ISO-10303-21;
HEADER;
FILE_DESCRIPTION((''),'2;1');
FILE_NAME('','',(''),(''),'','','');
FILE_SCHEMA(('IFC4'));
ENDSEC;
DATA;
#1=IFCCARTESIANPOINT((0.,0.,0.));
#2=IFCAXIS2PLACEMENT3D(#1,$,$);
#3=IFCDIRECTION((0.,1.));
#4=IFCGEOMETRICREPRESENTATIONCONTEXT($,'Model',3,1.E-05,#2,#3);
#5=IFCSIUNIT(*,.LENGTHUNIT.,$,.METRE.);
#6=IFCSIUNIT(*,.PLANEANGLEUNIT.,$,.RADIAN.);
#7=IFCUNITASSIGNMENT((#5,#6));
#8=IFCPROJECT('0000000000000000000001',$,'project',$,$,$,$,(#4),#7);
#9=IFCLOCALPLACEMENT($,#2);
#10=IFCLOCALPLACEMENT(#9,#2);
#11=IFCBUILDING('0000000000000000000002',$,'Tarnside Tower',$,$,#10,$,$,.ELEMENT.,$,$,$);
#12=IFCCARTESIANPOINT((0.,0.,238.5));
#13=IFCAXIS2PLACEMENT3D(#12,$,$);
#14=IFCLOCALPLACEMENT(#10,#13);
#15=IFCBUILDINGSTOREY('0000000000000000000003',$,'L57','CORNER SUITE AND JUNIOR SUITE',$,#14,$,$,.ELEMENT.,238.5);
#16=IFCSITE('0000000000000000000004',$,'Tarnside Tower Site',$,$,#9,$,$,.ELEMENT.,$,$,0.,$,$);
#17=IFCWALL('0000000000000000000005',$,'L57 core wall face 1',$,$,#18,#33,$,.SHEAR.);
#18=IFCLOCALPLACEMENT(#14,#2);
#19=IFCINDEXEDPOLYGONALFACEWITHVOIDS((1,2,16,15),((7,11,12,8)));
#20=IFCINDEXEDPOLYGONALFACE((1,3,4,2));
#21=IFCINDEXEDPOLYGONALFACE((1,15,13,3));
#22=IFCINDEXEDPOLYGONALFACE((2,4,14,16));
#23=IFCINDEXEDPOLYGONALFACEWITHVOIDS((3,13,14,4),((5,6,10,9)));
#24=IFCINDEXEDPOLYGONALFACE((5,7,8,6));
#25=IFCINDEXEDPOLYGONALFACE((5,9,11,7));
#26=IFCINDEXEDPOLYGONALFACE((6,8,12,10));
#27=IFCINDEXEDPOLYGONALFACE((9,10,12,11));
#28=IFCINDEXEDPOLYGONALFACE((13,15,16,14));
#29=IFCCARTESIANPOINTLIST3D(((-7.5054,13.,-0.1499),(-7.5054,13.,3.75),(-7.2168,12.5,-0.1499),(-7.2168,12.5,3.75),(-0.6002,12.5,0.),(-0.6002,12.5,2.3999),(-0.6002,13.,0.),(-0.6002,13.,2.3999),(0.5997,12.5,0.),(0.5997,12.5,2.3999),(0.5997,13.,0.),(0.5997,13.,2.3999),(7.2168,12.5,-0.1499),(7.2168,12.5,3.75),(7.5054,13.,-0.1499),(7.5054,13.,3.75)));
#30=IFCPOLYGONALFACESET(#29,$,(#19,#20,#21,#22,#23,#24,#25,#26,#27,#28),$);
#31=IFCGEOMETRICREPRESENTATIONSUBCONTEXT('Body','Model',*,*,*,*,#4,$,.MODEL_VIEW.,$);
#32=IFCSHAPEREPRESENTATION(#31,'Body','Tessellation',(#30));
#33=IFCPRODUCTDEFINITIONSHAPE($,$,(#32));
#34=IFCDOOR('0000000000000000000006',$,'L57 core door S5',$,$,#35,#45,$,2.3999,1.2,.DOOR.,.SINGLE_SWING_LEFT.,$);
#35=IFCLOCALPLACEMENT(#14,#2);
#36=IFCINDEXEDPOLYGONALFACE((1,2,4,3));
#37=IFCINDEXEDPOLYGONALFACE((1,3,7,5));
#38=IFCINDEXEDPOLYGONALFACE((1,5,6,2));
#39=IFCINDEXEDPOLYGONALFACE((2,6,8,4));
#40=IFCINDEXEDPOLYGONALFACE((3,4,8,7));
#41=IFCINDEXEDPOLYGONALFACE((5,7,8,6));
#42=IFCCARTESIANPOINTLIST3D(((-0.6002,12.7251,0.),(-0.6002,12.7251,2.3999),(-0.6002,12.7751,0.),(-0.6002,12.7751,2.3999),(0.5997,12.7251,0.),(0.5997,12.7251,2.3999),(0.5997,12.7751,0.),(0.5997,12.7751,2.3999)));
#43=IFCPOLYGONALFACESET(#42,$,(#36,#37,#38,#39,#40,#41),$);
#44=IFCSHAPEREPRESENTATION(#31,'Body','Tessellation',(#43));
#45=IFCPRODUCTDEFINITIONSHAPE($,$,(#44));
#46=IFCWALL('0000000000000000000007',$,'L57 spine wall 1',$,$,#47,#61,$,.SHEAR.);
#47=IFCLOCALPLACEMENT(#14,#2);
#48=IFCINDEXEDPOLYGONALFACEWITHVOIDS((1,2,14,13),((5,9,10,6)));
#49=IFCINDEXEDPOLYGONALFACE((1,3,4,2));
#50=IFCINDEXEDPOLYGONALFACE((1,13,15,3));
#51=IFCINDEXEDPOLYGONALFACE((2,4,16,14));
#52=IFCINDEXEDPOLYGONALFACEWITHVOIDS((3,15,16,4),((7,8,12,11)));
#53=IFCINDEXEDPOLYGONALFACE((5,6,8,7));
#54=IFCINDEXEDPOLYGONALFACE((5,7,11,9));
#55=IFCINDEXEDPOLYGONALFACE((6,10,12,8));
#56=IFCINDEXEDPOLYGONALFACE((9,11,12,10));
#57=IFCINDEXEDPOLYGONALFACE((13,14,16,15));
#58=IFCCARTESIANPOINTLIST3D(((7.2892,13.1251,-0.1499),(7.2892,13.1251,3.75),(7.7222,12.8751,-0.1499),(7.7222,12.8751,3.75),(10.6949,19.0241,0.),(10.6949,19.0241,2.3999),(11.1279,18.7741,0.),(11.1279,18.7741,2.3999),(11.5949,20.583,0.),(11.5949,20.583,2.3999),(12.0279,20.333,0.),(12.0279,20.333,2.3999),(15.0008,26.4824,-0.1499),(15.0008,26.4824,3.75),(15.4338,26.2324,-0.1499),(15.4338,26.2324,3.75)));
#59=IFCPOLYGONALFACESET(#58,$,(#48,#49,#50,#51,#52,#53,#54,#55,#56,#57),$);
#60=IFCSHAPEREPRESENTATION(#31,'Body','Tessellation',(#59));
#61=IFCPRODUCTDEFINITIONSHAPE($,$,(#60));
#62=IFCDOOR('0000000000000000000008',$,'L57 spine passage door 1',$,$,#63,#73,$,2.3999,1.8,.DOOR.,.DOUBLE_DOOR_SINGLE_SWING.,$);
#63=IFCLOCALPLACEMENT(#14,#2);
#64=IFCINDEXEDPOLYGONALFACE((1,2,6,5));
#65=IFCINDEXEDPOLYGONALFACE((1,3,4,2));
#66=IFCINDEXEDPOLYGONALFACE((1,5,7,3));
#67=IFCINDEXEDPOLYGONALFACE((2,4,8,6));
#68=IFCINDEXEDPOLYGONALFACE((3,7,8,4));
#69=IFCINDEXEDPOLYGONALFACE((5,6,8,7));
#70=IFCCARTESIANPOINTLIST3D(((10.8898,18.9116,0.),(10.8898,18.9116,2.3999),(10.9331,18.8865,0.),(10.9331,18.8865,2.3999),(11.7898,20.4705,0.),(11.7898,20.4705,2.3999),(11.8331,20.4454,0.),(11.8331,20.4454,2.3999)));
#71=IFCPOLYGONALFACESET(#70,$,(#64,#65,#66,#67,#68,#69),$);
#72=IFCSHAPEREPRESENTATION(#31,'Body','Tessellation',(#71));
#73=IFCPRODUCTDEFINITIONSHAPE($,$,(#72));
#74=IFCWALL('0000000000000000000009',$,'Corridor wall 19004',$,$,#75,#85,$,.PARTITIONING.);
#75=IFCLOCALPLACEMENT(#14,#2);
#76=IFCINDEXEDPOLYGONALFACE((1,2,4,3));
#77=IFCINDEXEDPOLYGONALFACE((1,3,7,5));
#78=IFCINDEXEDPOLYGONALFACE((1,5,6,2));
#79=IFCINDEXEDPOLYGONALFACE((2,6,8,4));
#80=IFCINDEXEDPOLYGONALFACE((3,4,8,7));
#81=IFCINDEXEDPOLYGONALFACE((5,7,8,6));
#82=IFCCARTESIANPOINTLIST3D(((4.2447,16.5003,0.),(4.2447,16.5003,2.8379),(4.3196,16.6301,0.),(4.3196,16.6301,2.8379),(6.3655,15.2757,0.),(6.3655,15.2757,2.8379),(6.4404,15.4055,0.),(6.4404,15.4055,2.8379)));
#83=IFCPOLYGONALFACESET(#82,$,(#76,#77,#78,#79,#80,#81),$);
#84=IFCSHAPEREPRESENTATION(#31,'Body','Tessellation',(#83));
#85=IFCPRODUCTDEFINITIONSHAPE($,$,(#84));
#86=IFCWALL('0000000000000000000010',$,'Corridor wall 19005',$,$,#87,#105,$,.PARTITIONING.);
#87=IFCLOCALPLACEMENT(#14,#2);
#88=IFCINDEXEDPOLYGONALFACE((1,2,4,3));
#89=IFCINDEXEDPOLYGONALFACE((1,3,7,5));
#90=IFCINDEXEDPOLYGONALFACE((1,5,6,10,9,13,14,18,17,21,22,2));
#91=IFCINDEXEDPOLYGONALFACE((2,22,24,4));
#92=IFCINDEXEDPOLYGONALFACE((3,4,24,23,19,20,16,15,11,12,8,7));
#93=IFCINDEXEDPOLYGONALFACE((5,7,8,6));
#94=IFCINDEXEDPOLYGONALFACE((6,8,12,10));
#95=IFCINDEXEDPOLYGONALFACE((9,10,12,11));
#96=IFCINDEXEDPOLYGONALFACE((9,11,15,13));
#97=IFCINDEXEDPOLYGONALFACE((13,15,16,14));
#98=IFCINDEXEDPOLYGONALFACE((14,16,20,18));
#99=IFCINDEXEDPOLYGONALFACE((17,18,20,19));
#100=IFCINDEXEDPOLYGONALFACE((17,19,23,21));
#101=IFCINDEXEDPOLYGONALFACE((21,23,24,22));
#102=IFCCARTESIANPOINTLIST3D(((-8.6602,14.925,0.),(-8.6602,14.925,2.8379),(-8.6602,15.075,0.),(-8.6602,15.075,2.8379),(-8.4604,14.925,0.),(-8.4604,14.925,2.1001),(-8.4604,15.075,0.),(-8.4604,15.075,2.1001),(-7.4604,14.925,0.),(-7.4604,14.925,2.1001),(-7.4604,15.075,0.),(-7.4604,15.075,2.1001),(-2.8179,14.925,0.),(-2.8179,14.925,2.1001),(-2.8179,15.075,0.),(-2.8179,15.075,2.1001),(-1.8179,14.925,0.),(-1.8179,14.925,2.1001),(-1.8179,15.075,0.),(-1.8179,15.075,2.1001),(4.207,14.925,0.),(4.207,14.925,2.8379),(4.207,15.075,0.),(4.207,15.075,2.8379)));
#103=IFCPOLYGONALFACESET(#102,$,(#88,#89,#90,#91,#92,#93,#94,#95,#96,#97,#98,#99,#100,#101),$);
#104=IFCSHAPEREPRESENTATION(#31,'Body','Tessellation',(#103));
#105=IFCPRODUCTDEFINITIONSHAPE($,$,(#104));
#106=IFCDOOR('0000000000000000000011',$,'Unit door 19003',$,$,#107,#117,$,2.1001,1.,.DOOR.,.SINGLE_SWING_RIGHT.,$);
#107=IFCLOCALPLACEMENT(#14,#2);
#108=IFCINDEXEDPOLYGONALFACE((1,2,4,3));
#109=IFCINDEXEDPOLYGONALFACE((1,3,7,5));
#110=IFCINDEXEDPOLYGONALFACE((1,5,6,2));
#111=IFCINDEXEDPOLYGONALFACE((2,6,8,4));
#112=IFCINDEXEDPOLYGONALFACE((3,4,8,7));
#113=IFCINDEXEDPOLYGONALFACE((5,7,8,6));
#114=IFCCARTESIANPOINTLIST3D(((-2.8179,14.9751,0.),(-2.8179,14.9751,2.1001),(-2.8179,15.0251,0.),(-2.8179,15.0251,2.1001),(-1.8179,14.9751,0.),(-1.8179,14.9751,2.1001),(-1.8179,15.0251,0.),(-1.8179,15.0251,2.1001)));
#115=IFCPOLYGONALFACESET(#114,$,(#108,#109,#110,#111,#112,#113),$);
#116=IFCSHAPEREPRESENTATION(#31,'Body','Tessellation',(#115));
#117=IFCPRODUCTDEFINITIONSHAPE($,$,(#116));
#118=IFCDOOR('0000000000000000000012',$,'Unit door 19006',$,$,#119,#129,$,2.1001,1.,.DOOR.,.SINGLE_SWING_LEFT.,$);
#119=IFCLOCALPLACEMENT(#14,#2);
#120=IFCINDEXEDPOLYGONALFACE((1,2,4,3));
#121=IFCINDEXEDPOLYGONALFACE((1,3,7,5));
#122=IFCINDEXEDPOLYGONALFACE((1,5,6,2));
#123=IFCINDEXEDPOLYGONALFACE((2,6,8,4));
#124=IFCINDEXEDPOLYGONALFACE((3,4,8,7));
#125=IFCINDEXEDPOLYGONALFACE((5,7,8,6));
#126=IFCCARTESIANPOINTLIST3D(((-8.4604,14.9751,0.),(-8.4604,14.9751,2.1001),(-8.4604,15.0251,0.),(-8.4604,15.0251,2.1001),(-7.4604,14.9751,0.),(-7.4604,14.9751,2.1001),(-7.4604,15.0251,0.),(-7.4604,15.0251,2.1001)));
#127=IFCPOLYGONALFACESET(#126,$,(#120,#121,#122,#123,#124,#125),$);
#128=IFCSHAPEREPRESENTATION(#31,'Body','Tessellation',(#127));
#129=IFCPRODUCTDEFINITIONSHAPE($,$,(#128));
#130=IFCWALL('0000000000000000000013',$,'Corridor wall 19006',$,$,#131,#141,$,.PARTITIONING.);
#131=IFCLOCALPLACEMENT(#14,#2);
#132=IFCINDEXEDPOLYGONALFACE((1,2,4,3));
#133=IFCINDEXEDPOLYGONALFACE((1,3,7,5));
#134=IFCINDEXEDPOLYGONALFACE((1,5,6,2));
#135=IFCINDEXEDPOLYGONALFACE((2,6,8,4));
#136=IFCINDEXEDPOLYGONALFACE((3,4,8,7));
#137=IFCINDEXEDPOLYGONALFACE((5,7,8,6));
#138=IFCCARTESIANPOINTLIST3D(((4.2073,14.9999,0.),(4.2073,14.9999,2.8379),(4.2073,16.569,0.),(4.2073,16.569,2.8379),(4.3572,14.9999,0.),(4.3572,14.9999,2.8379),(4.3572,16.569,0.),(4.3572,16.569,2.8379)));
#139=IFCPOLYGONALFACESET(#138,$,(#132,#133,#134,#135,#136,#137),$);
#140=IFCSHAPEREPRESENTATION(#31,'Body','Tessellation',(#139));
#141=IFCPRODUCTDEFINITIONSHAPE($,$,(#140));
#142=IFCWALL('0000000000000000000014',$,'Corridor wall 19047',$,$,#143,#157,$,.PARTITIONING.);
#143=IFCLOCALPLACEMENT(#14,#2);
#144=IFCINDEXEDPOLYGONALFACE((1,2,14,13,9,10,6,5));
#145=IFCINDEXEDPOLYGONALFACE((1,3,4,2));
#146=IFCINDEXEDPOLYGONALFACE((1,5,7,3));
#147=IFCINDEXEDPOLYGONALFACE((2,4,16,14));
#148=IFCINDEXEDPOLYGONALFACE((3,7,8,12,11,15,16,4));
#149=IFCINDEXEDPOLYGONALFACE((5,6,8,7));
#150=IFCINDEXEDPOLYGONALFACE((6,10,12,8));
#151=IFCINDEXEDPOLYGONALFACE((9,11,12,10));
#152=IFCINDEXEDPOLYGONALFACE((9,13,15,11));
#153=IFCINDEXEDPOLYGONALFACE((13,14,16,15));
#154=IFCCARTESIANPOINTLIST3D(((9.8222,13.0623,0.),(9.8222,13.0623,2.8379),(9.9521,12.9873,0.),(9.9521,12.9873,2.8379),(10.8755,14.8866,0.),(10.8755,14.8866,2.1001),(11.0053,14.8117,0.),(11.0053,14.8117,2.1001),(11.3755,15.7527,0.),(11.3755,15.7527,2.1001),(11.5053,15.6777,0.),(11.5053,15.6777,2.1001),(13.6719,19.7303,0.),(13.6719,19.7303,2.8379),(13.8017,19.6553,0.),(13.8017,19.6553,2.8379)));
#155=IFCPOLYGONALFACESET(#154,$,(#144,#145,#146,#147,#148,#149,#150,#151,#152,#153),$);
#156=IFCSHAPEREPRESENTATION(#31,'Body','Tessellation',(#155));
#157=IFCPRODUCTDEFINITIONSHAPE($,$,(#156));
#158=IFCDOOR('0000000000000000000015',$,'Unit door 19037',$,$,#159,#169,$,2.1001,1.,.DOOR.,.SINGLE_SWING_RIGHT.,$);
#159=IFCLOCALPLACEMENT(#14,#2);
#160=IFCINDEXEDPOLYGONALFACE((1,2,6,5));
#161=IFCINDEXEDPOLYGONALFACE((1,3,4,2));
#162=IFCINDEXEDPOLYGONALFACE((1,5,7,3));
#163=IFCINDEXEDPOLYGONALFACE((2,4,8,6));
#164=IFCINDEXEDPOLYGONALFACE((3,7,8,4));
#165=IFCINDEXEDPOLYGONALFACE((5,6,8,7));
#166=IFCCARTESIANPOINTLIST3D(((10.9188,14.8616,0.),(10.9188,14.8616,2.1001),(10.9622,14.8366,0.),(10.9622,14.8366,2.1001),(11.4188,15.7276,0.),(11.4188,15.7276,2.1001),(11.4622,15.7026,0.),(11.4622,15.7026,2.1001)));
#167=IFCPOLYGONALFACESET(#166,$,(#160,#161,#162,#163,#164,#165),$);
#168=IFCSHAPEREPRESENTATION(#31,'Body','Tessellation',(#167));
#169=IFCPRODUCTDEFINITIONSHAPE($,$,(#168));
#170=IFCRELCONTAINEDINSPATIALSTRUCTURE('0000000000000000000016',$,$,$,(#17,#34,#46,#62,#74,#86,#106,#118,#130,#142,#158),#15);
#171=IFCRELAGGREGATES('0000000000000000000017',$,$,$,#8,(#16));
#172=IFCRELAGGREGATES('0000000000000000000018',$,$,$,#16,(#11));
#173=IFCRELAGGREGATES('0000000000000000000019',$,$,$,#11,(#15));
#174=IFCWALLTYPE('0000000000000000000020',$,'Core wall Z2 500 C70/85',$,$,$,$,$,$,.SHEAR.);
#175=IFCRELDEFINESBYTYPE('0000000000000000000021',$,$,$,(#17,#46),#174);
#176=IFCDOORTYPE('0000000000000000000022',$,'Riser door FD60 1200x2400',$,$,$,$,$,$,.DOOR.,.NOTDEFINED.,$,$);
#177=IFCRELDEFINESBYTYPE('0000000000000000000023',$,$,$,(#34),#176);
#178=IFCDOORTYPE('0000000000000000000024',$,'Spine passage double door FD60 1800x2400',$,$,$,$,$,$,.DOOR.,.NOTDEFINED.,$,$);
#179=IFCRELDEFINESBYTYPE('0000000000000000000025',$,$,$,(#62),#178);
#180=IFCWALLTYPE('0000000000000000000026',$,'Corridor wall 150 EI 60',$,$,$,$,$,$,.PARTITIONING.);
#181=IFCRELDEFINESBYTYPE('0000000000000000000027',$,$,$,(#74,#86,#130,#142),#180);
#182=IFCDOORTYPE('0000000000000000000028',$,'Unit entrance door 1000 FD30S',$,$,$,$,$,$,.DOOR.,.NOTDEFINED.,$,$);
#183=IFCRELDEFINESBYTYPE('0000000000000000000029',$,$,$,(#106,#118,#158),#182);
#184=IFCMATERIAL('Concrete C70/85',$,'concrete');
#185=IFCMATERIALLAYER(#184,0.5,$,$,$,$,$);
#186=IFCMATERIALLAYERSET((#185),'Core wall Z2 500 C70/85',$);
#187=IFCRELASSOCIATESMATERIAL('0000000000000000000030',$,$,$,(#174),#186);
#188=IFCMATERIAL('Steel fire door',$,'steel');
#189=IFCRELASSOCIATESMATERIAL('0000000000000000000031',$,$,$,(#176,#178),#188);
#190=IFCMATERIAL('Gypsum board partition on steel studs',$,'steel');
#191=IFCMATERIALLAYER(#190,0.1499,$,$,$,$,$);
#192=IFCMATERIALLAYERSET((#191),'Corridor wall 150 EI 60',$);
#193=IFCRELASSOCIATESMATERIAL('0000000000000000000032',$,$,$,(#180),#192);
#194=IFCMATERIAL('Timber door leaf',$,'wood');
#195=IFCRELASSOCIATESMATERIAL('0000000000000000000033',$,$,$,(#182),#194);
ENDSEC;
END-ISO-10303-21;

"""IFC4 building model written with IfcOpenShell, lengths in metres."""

from ifc_helpers import new_model, si_unit, direction, frame, frame_2d, origin, place, context, subcontext, project, spatial, polyline, rectangle, outline, extrude, material, layer, layer_set, type_object, element, fill, save


model = new_model("IFC4")

# Units and contexts
model_context = context("Model", 3, precision=1e-05, world=origin(), true_north=direction((0.0, 1.0)))
body_context = subcontext(model_context, "Body", "Model", "MODEL_VIEW")
ifc_project = project(units=[si_unit("LENGTHUNIT", "METRE"), si_unit("PLANEANGLEUNIT", "RADIAN")], contexts=[model_context])

# Site, building, storey
site_placement = place(None, origin())
site = spatial("IfcSite", under=ifc_project, at=site_placement, Name="Tarnside Tower Site", CompositionType="ELEMENT", RefElevation=0.0)
building_placement = place(site_placement, origin())
building = spatial("IfcBuilding", under=site, at=building_placement, Name="Tarnside Tower", CompositionType="ELEMENT")
storey_placement = place(building_placement, frame((0.0, 0.0, 238.5)))
storey = spatial("IfcBuildingStorey", under=building, at=storey_placement, Name="L57", Description="CORNER SUITE AND JUNIOR SUITE", CompositionType="ELEMENT", Elevation=238.5)

# Shared definitions
ifc_material_1 = material(Name="Gypsum board partition on steel studs", Category="steel")

# Shared definitions
ifc_material_2 = material(Name="Timber door leaf", Category="wood")

# Walls, openings, doors
ifc_material_3 = material(Name="Concrete C70/85", Category="concrete")
ifc_layer_1 = layer(ifc_material_3, 0.5)
ifc_layer_set_1 = layer_set([ifc_layer_1], Name="Core wall Z2 500 C70/85")
wall_type_1 = type_object("IfcWallType", Name="Core wall Z2 500 C70/85", PredefinedType="SHEAR", material=ifc_layer_set_1)
wall_1_placement = place(storey_placement, frame((7.3611, 12.75, -0.1499), z_axis=(0.0, 0.0, 1.0), x_axis=(-1.0, 0.0, 0.0)))
wall_1 = element("IfcWall", 1, at=wall_1_placement, inside=storey, type_object=wall_type_1, Name="L57 core wall face 1", PredefinedType="SHEAR", context=body_context, shape_type="SweptSolid", body=[
    extrude(outline(polyline([(-0.1443, -0.25), (14.8665, -0.25), (14.5779, 0.25), (0.1443, 0.25), (-0.1443, -0.25)])), origin(), (0.0, 0.0, 1.0), 3.8999),
])
opening_1_placement = place(wall_1_placement, frame((6.7612, 0.0, 0.1499)))
opening_1 = element("IfcOpeningElement", 2, at=opening_1_placement, cuts=wall_1, PredefinedType="OPENING", context=body_context, shape_type="SweptSolid", body=[
    extrude(rectangle(XDim=1.2, YDim=2.3999, at=frame_2d((0.6001, 1.2))), frame((0.0, 0.26, 0.0), z_axis=(0.0, -1.0, 0.0), x_axis=(1.0, 0.0, 0.0)), (0.0, 0.0, 1.0), 0.52),
])
ifc_material_4 = material(Name="Steel fire door", Category="steel")
door_type_1 = type_object("IfcDoorType", Name="Riser door FD60 1200x2400", OperationType="NOTDEFINED", PredefinedType="DOOR", material=ifc_material_4)
door_1_placement = place(opening_1_placement, origin())
door_1 = element("IfcDoor", 3, at=door_1_placement, inside=storey, type_object=door_type_1, Name="L57 core door S5", OperationType="SINGLE_SWING_LEFT", OverallHeight=2.3999, OverallWidth=1.2, PredefinedType="DOOR", context=body_context, shape_type="SweptSolid", body=[
    extrude(rectangle(XDim=1.2, YDim=2.3999, at=frame_2d((0.6001, 1.2))), frame((0.0, 0.0249, 0.0), z_axis=(0.0, -1.0, 0.0), x_axis=(1.0, 0.0, 0.0)), (0.0, 0.0, 1.0), 0.05),
])
fill(opening_1, door_1)
wall_2_placement = place(storey_placement, frame((7.5056, 13.0, -0.1499), z_axis=(0.0, 0.0, 1.0), x_axis=(0.499988, 0.866032, 0.0)))
wall_2 = element("IfcWall", 4, at=wall_2_placement, inside=storey, type_object=wall_type_1, Name="L57 spine wall 1", PredefinedType="SHEAR", context=body_context, shape_type="SweptSolid", body=[
    extrude(rectangle(XDim=15.4236, YDim=0.5, at=frame_2d((7.7119, 0.0))), origin(), (0.0, 0.0, 1.0), 3.8999),
])
opening_2_placement = place(wall_2_placement, frame((6.8118, 0.0, 0.1499)))
opening_2 = element("IfcOpeningElement", 5, at=opening_2_placement, cuts=wall_2, PredefinedType="OPENING", context=body_context, shape_type="SweptSolid", body=[
    extrude(rectangle(XDim=1.8, YDim=2.3999, at=frame_2d((0.8999, 1.2))), frame((0.0, 0.26, 0.0), z_axis=(0.0, -1.0, 0.0), x_axis=(1.0, 0.0, 0.0)), (0.0, 0.0, 1.0), 0.52),
])
door_type_2 = type_object("IfcDoorType", Name="Spine passage double door FD60 1800x2400", OperationType="NOTDEFINED", PredefinedType="DOOR", material=ifc_material_4)
door_2_placement = place(opening_2_placement, origin())
door_2 = element("IfcDoor", 6, at=door_2_placement, inside=storey, type_object=door_type_2, Name="L57 spine passage door 1", OperationType="DOUBLE_DOOR_SINGLE_SWING", OverallHeight=2.3999, OverallWidth=1.8, PredefinedType="DOOR", context=body_context, shape_type="SweptSolid", body=[
    extrude(rectangle(XDim=1.8, YDim=2.3999, at=frame_2d((0.8999, 1.2))), frame((0.0, 0.0249, 0.0), z_axis=(0.0, -1.0, 0.0), x_axis=(1.0, 0.0, 0.0)), (0.0, 0.0, 1.0), 0.05),
])
fill(opening_2, door_2)

# Wall
ifc_layer_2 = layer(ifc_material_1, 0.1499)
ifc_layer_set_2 = layer_set([ifc_layer_2], Name="Corridor wall 150 EI 60")
wall_type_2 = type_object("IfcWallType", Name="Corridor wall 150 EI 60", PredefinedType="PARTITIONING", material=ifc_layer_set_2)
wall_3_placement = place(storey_placement, frame((6.4031, 15.3406, 0.0), z_axis=(0.0, 0.0, 1.0), x_axis=(-0.866001, 0.500042, 0.0)))
element("IfcWall", 7, at=wall_3_placement, inside=storey, type_object=wall_type_2, Name="Corridor wall 19004", PredefinedType="PARTITIONING", context=body_context, shape_type="SweptSolid", body=[
    extrude(rectangle(XDim=2.449, YDim=0.1499, at=frame_2d((1.2246, 0.0))), origin(), (0.0, 0.0, 1.0), 2.8379),
])

# Wall, openings, doors
wall_4_placement = place(storey_placement, frame((4.207, 15.0, 0.0), z_axis=(0.0, 0.0, 1.0), x_axis=(-1.0, 0.0, 0.0)))
wall_4 = element("IfcWall", 8, at=wall_4_placement, inside=storey, type_object=wall_type_2, Name="Corridor wall 19005", PredefinedType="PARTITIONING", context=body_context, shape_type="SweptSolid", body=[
    extrude(rectangle(XDim=12.8672, YDim=0.1499, at=frame_2d((6.4336, 0.0))), origin(), (0.0, 0.0, 1.0), 2.8379),
])
opening_3_placement = place(wall_4_placement, frame((6.0249, 0.0, 0.0)))
opening_3 = element("IfcOpeningElement", 9, at=opening_3_placement, cuts=wall_4, PredefinedType="OPENING", context=body_context, shape_type="SweptSolid", body=[
    extrude(rectangle(XDim=1.0, YDim=2.1001, at=frame_2d((0.5, 1.05))), frame((0.0, 0.085, 0.0), z_axis=(0.0, -1.0, 0.0), x_axis=(1.0, 0.0, 0.0)), (0.0, 0.0, 1.0), 0.1699),
])
opening_4_placement = place(wall_4_placement, frame((11.6675, 0.0, 0.0)))
opening_4 = element("IfcOpeningElement", 10, at=opening_4_placement, cuts=wall_4, PredefinedType="OPENING", context=body_context, shape_type="SweptSolid", body=[
    extrude(rectangle(XDim=1.0, YDim=2.1001, at=frame_2d((0.5, 1.05))), frame((0.0, 0.085, 0.0), z_axis=(0.0, -1.0, 0.0), x_axis=(1.0, 0.0, 0.0)), (0.0, 0.0, 1.0), 0.1699),
])
door_type_3 = type_object("IfcDoorType", Name="Unit entrance door 1000 FD30S", OperationType="NOTDEFINED", PredefinedType="DOOR", material=ifc_material_2)
door_3_placement = place(opening_3_placement, origin())
door_3 = element("IfcDoor", 11, at=door_3_placement, inside=storey, type_object=door_type_3, Name="Unit door 19003", OperationType="SINGLE_SWING_RIGHT", OverallHeight=2.1001, OverallWidth=1.0, PredefinedType="DOOR", context=body_context, shape_type="SweptSolid", body=[
    extrude(rectangle(XDim=1.0, YDim=2.1001, at=frame_2d((0.5, 1.05))), frame((0.0, 0.0249, 0.0), z_axis=(0.0, -1.0, 0.0), x_axis=(1.0, 0.0, 0.0)), (0.0, 0.0, 1.0), 0.05),
])
fill(opening_3, door_3)
door_4_placement = place(opening_4_placement, origin())
door_4 = element("IfcDoor", 12, at=door_4_placement, inside=storey, type_object=door_type_3, Name="Unit door 19006", OperationType="SINGLE_SWING_LEFT", OverallHeight=2.1001, OverallWidth=1.0, PredefinedType="DOOR", context=body_context, shape_type="SweptSolid", body=[
    extrude(rectangle(XDim=1.0, YDim=2.1001, at=frame_2d((0.5, 1.05))), frame((0.0, 0.0249, 0.0), z_axis=(0.0, -1.0, 0.0), x_axis=(1.0, 0.0, 0.0)), (0.0, 0.0, 1.0), 0.05),
])
fill(opening_4, door_4)

# Wall
wall_5_placement = place(storey_placement, frame((4.2822, 16.5691, 0.0), z_axis=(0.0, 0.0, 1.0), x_axis=(0.0, -1.0, 0.0)))
element("IfcWall", 13, at=wall_5_placement, inside=storey, type_object=wall_type_2, Name="Corridor wall 19006", PredefinedType="PARTITIONING", context=body_context, shape_type="SweptSolid", body=[
    extrude(rectangle(XDim=1.5691, YDim=0.1499, at=frame_2d((0.7847, 0.0))), origin(), (0.0, 0.0, 1.0), 2.8379),
])

# Wall, opening, door
wall_6_placement = place(storey_placement, frame((9.8872, 13.0249, 0.0), z_axis=(0.0, 0.0, 1.0), x_axis=(0.499986, 0.866034, 0.0)))
wall_6 = element("IfcWall", 14, at=wall_6_placement, inside=storey, type_object=wall_type_2, Name="Corridor wall 19047", PredefinedType="PARTITIONING", context=body_context, shape_type="SweptSolid", body=[
    extrude(rectangle(XDim=7.6995, YDim=0.1499, at=frame_2d((3.8496, 0.0))), origin(), (0.0, 0.0, 1.0), 2.8379),
])
opening_5_placement = place(wall_6_placement, frame((2.1064, 0.0, 0.0)))
opening_5 = element("IfcOpeningElement", 15, at=opening_5_placement, cuts=wall_6, PredefinedType="OPENING", context=body_context, shape_type="SweptSolid", body=[
    extrude(rectangle(XDim=1.0, YDim=2.1001, at=frame_2d((0.5, 1.05))), frame((0.0, 0.085, 0.0), z_axis=(0.0, -1.0, 0.0), x_axis=(1.0, 0.0, 0.0)), (0.0, 0.0, 1.0), 0.1699),
])
door_5_placement = place(opening_5_placement, origin())
door_5 = element("IfcDoor", 16, at=door_5_placement, inside=storey, type_object=door_type_3, Name="Unit door 19037", OperationType="SINGLE_SWING_RIGHT", OverallHeight=2.1001, OverallWidth=1.0, PredefinedType="DOOR", context=body_context, shape_type="SweptSolid", body=[
    extrude(rectangle(XDim=1.0, YDim=2.1001, at=frame_2d((0.5, 1.05))), frame((0.0, 0.0249, 0.0), z_axis=(0.0, -1.0, 0.0), x_axis=(1.0, 0.0, 0.0)), (0.0, 0.0, 1.0), 0.05),
])
fill(opening_5, door_5)

save(model, "model.ifc")
